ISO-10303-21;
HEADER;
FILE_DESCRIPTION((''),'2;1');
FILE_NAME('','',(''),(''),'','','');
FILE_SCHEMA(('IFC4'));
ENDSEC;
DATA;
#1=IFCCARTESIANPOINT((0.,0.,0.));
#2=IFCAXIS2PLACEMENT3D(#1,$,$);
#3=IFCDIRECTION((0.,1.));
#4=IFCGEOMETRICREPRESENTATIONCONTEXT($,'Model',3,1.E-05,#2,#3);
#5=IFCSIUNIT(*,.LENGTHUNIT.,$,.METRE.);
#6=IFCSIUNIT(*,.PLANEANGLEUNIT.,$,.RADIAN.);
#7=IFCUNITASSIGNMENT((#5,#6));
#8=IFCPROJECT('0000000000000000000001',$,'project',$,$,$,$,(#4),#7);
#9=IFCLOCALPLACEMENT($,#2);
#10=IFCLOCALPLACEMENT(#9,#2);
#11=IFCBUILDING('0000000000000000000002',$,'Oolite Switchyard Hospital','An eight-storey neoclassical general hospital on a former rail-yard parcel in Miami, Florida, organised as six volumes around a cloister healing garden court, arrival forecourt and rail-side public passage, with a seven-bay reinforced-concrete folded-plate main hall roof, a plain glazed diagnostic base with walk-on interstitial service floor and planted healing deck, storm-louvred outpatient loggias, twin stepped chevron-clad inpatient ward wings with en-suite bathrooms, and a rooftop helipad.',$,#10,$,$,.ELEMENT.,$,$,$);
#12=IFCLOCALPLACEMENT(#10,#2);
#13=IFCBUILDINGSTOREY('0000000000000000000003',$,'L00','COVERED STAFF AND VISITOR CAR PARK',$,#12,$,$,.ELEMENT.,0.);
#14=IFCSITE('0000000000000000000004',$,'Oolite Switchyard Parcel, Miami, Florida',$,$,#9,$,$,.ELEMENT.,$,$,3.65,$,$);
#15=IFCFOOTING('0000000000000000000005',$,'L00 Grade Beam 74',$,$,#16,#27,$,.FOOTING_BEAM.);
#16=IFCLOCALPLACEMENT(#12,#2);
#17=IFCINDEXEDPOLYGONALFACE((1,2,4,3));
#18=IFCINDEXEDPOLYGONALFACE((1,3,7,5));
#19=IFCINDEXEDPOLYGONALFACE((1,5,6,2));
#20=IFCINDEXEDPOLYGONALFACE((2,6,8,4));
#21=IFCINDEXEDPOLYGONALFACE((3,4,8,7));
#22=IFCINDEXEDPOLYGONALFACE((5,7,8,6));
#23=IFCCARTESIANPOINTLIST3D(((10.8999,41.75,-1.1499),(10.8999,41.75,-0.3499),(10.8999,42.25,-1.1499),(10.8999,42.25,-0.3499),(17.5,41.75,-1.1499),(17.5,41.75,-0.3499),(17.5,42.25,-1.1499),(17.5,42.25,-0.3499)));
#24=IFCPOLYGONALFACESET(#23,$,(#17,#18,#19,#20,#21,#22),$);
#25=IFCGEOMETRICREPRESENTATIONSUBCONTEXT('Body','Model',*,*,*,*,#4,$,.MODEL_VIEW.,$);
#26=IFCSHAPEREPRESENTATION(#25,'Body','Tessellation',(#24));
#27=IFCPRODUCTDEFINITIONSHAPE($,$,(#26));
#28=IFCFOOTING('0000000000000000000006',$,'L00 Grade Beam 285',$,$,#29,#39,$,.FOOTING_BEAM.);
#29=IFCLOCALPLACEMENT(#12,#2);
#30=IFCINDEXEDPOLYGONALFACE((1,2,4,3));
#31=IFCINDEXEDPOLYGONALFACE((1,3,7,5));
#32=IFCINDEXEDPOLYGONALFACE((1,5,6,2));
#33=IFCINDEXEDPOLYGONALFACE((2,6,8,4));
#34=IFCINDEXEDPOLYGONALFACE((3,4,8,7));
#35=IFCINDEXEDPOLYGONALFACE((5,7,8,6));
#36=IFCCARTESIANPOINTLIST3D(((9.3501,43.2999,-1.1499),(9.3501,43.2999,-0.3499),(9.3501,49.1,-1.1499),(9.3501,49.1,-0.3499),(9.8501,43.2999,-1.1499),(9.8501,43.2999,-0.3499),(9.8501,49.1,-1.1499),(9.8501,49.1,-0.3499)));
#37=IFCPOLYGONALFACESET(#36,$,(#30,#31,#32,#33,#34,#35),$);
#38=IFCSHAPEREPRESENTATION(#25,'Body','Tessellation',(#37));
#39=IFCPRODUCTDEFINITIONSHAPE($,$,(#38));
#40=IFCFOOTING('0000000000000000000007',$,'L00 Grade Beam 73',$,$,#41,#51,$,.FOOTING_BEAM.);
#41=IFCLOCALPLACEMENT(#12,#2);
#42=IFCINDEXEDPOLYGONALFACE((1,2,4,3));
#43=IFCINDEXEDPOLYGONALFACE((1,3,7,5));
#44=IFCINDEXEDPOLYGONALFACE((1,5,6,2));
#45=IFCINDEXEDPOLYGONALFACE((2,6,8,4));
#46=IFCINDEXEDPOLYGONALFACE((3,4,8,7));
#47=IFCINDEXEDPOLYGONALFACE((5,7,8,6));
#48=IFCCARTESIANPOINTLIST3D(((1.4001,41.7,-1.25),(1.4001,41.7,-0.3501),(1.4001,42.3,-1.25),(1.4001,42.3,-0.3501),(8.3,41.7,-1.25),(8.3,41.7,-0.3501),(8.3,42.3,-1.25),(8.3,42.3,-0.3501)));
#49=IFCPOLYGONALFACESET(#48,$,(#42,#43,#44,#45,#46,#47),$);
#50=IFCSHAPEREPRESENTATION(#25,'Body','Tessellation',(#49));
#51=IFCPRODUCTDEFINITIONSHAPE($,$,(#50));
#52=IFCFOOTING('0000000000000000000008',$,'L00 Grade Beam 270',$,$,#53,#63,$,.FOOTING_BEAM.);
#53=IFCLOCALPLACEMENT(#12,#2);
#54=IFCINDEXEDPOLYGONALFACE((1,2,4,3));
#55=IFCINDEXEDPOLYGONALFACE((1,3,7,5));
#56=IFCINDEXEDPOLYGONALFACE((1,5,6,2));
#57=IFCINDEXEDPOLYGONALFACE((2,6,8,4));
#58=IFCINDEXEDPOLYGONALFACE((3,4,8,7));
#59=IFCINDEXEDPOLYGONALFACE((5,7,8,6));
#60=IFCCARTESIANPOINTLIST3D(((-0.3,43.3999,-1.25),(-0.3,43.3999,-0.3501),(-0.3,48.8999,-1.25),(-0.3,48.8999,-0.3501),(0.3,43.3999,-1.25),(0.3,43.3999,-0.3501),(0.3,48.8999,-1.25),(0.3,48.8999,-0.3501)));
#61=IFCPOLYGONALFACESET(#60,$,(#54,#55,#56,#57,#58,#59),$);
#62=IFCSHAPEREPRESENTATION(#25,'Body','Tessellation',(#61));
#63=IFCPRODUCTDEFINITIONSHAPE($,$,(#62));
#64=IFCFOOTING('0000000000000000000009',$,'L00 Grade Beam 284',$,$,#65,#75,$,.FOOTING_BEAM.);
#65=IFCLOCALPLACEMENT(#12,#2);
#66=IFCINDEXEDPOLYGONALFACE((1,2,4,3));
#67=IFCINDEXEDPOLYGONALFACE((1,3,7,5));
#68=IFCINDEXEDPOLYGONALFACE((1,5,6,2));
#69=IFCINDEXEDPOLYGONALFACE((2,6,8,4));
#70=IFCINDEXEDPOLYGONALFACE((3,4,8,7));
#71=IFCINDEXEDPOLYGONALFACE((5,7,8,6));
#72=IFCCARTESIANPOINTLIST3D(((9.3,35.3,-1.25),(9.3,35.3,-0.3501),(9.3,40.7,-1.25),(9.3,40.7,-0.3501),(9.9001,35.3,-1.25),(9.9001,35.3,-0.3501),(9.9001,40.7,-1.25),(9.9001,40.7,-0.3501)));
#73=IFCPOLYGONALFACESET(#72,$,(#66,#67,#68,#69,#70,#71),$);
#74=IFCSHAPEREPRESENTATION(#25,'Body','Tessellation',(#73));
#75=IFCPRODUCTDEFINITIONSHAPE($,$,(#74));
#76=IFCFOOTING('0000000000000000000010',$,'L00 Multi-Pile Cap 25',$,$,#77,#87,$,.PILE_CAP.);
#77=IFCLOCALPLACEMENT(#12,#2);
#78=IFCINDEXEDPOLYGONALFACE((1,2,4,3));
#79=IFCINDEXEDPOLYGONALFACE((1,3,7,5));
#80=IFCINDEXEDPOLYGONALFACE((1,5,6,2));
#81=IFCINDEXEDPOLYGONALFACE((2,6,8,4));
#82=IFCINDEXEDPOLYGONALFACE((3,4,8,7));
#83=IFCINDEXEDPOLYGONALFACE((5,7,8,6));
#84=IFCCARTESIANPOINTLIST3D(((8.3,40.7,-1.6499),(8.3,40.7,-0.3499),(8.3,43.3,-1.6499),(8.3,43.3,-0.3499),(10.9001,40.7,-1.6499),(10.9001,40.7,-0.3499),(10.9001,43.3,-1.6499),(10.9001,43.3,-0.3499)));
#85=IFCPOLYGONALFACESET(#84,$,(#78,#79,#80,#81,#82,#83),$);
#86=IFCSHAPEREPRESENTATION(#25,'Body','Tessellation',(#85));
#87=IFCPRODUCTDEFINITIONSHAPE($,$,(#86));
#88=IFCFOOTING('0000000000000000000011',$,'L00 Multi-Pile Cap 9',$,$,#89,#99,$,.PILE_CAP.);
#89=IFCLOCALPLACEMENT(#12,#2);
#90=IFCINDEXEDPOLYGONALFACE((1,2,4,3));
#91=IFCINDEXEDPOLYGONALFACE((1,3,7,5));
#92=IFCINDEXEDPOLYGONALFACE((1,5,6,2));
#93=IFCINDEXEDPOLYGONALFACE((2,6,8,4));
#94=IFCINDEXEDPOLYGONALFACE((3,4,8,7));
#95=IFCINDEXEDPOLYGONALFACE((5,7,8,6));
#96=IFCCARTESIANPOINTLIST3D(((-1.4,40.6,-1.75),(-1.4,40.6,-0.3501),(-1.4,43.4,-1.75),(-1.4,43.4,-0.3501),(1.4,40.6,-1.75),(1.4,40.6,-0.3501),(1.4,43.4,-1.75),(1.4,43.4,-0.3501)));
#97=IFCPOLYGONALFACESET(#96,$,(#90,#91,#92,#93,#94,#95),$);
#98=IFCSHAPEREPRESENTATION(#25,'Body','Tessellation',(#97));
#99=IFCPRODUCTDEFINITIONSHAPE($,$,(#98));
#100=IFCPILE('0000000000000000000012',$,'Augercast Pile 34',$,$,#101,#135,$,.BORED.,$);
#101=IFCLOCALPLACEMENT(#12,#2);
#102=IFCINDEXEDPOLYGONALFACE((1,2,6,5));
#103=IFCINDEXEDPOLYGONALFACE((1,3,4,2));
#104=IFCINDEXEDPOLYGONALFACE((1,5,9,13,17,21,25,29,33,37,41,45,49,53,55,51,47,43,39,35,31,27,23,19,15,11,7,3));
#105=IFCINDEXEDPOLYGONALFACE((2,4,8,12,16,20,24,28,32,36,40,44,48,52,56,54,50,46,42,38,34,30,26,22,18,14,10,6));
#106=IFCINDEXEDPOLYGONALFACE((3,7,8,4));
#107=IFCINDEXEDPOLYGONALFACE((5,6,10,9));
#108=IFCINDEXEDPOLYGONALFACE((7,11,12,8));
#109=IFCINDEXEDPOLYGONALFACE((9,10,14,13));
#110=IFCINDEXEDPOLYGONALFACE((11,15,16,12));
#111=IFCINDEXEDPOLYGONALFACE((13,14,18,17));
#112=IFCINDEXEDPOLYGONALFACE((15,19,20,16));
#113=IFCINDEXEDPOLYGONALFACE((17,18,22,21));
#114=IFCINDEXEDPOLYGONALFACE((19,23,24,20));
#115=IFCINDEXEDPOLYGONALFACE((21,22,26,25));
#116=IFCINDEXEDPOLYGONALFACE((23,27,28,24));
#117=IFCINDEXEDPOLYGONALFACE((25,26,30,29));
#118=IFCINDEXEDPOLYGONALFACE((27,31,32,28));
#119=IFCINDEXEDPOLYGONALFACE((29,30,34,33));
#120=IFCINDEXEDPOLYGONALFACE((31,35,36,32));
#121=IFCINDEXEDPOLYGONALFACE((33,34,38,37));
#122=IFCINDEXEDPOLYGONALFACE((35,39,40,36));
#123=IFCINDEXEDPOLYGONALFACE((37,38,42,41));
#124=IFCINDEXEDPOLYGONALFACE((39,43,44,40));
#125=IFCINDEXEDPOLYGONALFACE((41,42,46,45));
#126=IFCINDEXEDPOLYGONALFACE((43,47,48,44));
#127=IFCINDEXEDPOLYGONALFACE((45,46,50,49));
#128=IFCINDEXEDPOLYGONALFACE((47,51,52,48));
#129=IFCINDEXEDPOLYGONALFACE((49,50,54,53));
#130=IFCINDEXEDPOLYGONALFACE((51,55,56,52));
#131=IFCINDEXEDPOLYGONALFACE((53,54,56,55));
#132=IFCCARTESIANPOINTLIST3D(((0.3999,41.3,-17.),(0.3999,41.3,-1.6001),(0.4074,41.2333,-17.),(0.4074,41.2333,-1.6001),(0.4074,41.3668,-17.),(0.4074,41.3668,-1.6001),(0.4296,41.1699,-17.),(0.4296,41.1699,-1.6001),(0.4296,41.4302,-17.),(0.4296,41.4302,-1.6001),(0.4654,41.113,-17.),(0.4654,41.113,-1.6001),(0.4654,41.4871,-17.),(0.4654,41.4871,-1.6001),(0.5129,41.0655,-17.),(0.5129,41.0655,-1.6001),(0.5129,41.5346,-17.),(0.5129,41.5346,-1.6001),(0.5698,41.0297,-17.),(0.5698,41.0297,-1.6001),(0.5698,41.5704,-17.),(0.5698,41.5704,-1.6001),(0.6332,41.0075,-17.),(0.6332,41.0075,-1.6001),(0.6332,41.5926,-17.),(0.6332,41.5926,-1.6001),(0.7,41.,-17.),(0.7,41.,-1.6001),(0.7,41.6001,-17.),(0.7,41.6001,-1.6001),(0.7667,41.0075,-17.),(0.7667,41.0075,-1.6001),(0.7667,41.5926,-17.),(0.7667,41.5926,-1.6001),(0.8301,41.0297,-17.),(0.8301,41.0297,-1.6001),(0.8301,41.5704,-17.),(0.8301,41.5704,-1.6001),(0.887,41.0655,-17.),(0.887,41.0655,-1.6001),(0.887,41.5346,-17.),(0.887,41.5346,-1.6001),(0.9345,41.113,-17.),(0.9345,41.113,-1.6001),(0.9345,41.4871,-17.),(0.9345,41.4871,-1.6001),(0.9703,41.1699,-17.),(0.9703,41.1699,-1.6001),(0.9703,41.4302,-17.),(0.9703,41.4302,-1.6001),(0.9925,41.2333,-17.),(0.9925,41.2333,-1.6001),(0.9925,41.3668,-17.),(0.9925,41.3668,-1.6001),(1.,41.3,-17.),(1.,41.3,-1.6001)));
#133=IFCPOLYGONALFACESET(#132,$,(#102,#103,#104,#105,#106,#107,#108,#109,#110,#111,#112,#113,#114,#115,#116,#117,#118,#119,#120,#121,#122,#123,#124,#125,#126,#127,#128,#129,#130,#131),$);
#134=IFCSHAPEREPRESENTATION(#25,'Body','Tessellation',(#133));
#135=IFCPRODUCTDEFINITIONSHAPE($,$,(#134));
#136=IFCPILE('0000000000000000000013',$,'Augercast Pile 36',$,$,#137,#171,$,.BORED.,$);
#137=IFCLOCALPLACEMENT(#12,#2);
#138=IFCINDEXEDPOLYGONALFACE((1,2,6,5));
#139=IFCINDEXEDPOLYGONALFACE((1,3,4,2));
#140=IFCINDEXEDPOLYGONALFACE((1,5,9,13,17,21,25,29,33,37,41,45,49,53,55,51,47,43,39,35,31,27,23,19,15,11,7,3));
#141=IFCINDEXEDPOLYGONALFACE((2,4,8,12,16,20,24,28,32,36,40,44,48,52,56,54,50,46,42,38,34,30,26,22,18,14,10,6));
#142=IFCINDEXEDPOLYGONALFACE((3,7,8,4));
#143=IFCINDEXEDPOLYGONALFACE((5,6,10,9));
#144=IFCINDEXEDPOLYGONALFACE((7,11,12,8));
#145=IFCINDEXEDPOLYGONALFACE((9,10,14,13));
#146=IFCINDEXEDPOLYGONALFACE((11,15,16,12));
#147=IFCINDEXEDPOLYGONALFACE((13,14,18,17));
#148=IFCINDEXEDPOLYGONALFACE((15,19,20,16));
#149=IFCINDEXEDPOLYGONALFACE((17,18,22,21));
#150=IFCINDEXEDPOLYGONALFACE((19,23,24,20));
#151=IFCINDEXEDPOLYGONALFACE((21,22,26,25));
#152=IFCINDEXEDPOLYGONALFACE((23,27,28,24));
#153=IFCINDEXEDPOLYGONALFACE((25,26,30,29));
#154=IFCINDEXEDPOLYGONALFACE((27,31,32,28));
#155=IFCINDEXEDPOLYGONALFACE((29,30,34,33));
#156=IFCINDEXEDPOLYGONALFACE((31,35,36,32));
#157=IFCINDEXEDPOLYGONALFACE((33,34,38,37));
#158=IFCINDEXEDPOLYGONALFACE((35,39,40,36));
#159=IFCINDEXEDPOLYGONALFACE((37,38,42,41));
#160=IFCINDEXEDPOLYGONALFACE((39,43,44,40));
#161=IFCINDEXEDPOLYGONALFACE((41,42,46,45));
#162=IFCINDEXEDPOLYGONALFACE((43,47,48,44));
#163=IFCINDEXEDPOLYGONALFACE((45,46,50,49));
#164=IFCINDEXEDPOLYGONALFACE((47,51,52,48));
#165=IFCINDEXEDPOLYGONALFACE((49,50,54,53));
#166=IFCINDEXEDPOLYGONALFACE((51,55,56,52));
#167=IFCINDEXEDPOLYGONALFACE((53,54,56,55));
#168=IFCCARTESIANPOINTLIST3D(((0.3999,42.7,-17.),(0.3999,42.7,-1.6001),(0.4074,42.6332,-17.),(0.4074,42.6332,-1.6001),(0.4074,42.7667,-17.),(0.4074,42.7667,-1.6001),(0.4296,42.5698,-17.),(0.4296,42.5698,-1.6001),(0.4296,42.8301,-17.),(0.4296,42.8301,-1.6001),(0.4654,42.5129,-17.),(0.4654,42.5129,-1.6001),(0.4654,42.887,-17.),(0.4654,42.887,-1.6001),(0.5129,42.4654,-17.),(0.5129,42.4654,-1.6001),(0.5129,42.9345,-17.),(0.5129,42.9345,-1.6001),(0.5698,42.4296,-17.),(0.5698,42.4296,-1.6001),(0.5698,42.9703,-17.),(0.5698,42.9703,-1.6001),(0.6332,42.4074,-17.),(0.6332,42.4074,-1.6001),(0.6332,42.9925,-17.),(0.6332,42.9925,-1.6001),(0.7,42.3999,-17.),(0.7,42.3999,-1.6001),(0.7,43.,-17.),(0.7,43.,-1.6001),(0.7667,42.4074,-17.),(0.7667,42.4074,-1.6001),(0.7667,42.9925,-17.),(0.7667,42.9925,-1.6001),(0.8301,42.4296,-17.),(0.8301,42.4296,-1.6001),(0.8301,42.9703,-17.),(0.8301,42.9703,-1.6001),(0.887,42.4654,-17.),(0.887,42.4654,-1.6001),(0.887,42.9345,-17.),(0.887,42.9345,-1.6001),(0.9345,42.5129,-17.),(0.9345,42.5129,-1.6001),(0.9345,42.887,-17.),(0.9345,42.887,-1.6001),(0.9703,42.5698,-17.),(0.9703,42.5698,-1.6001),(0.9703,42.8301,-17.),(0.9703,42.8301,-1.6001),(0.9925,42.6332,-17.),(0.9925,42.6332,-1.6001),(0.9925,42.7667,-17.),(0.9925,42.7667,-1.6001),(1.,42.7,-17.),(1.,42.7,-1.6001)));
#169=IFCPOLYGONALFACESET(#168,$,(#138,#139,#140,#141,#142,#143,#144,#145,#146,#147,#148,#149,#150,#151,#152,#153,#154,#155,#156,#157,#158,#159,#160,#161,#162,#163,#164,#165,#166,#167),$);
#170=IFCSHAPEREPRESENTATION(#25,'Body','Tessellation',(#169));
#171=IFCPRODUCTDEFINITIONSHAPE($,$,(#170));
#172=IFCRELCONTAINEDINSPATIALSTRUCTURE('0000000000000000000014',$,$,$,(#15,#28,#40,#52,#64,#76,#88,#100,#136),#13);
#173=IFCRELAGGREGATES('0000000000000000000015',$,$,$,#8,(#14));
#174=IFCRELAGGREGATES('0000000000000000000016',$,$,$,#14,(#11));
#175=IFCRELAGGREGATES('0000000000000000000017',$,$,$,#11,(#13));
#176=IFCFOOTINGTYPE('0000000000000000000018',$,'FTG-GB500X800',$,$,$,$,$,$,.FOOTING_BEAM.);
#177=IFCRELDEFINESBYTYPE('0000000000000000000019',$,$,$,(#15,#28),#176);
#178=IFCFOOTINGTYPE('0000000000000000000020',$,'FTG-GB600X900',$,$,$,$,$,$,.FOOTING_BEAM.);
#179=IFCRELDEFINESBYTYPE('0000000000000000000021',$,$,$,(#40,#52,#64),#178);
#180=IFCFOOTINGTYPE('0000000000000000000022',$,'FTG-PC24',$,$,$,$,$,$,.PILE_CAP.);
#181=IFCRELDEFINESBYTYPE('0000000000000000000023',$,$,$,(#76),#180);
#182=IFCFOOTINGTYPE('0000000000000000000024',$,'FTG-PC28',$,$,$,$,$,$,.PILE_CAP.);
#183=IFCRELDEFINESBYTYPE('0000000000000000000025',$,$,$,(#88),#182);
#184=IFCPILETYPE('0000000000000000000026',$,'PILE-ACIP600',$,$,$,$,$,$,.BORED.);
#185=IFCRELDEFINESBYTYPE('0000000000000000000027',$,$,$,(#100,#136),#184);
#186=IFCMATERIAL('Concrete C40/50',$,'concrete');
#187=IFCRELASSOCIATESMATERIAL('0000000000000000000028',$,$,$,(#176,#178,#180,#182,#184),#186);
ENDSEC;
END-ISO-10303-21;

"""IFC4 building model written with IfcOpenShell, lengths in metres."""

from ifc_helpers import new_model, si_unit, direction, frame, origin, origin_2d, place, context, subcontext, project, spatial, rectangle, circle, extrude, material, material_profile, profile_set, type_object, element, save


model = new_model("IFC4")

# Units and contexts
model_context = context("Model", 3, precision=1e-05, world=origin(), true_north=direction((0.0, 1.0)))
body_context = subcontext(model_context, "Body", "Model", "MODEL_VIEW")
ifc_project = project(units=[si_unit("LENGTHUNIT", "METRE"), si_unit("PLANEANGLEUNIT", "RADIAN")], contexts=[model_context])

# Site, building, storey
site_placement = place(None, origin())
site = spatial("IfcSite", under=ifc_project, at=site_placement, Name="Oolite Switchyard Parcel, Miami, Florida", CompositionType="ELEMENT", RefElevation=3.65)
building_placement = place(site_placement, origin())
building = spatial("IfcBuilding", under=site, at=building_placement, Name="Oolite Switchyard Hospital", Description="An eight-storey neoclassical general hospital on a former rail-yard parcel in Miami, Florida, organised as six volumes around a cloister healing garden court, arrival forecourt and rail-side public passage, with a seven-bay reinforced-concrete folded-plate main hall roof, a plain glazed diagnostic base with walk-on interstitial service floor and planted healing deck, storm-louvred outpatient loggias, twin stepped chevron-clad inpatient ward wings with en-suite bathrooms, and a rooftop helipad.", CompositionType="ELEMENT")
storey_placement = place(building_placement, origin())
storey = spatial("IfcBuildingStorey", under=building, at=storey_placement, Name="L00", Description="COVERED STAFF AND VISITOR CAR PARK", CompositionType="ELEMENT", Elevation=0.0)

# Footings
ifc_material_1 = material(Name="Concrete C40/50", Category="concrete")
footing_type_1 = type_object("IfcFootingType", Name="FTG-GB500X800", PredefinedType="FOOTING_BEAM", material=ifc_material_1)
footing_1_placement = place(storey_placement, frame((14.2, 42.0, -1.1499), z_axis=(0.0, 0.0, 1.0), x_axis=(1.0, 0.0, 0.0)))
element("IfcFooting", 1, at=footing_1_placement, inside=storey, type_object=footing_type_1, Name="L00 Grade Beam 74", PredefinedType="FOOTING_BEAM", context=body_context, shape_type="SweptSolid", body=[
    extrude(rectangle(XDim=6.6001, YDim=0.5, at=origin_2d()), origin(), (0.0, 0.0, 1.0), 0.8),
])
footing_2_placement = place(storey_placement, frame((9.6001, 46.2, -1.1499), z_axis=(0.0, 0.0, 1.0), x_axis=(0.0, 1.0, 0.0)))
element("IfcFooting", 2, at=footing_2_placement, inside=storey, type_object=footing_type_1, Name="L00 Grade Beam 285", PredefinedType="FOOTING_BEAM", context=body_context, shape_type="SweptSolid", body=[
    extrude(rectangle(XDim=5.8, YDim=0.5, at=origin_2d()), origin(), (0.0, 0.0, 1.0), 0.8),
])
footing_type_2 = type_object("IfcFootingType", Name="FTG-GB600X900", PredefinedType="FOOTING_BEAM", material=ifc_material_1)
footing_3_placement = place(storey_placement, frame((4.8501, 42.0, -1.25), z_axis=(0.0, 0.0, 1.0), x_axis=(1.0, 0.0, 0.0)))
element("IfcFooting", 3, at=footing_3_placement, inside=storey, type_object=footing_type_2, Name="L00 Grade Beam 73", PredefinedType="FOOTING_BEAM", context=body_context, shape_type="SweptSolid", body=[
    extrude(rectangle(XDim=6.8999, YDim=0.6001, at=origin_2d()), origin(), (0.0, 0.0, 1.0), 0.8999),
])
footing_4_placement = place(storey_placement, frame((0.0, 46.1499, -1.25), z_axis=(0.0, 0.0, 1.0), x_axis=(0.0, 1.0, 0.0)))
element("IfcFooting", 4, at=footing_4_placement, inside=storey, type_object=footing_type_2, Name="L00 Grade Beam 270", PredefinedType="FOOTING_BEAM", context=body_context, shape_type="SweptSolid", body=[
    extrude(rectangle(XDim=5.5, YDim=0.6001, at=origin_2d()), origin(), (0.0, 0.0, 1.0), 0.8999),
])
footing_5_placement = place(storey_placement, frame((9.6001, 38.0, -1.25), z_axis=(0.0, 0.0, 1.0), x_axis=(0.0, 1.0, 0.0)))
element("IfcFooting", 5, at=footing_5_placement, inside=storey, type_object=footing_type_2, Name="L00 Grade Beam 284", PredefinedType="FOOTING_BEAM", context=body_context, shape_type="SweptSolid", body=[
    extrude(rectangle(XDim=5.3999, YDim=0.6001, at=origin_2d()), origin(), (0.0, 0.0, 1.0), 0.8999),
])
footing_type_3 = type_object("IfcFootingType", Name="FTG-PC24", PredefinedType="PILE_CAP", material=ifc_material_1)
footing_6_placement = place(storey_placement, frame((9.6001, 42.0, -1.6499), z_axis=(0.0, 0.0, 1.0), x_axis=(1.0, 0.0, 0.0)))
element("IfcFooting", 6, at=footing_6_placement, inside=storey, type_object=footing_type_3, Name="L00 Multi-Pile Cap 25", PredefinedType="PILE_CAP", context=body_context, shape_type="SweptSolid", body=[
    extrude(rectangle(XDim=2.6001, YDim=2.6001, at=origin_2d()), origin(), (0.0, 0.0, 1.0), 1.3),
])
footing_type_4 = type_object("IfcFootingType", Name="FTG-PC28", PredefinedType="PILE_CAP", material=ifc_material_1)
footing_7_placement = place(storey_placement, frame((0.0, 42.0, -1.75), z_axis=(0.0, 0.0, 1.0), x_axis=(1.0, 0.0, 0.0)))
element("IfcFooting", 7, at=footing_7_placement, inside=storey, type_object=footing_type_4, Name="L00 Multi-Pile Cap 9", PredefinedType="PILE_CAP", context=body_context, shape_type="SweptSolid", body=[
    extrude(rectangle(XDim=2.8, YDim=2.8, at=origin_2d()), origin(), (0.0, 0.0, 1.0), 1.3999),
])

# Piles
ifc_material_profile_1 = material_profile(ifc_material_1, circle(Radius=0.3, at=origin_2d()), Name="PILE600")
ifc_profile_set_1 = profile_set([ifc_material_profile_1], Name="Concrete C40/50")
pile_type = type_object("IfcPileType", Name="PILE-ACIP600", PredefinedType="BORED", material=ifc_profile_set_1)
for number, where, z_axis, x_axis, name in (
    (8, (0.7, 41.3, -1.6001), (0.0, 0.0, -1.0), (1.0, 0.0, 0.0), "Augercast Pile 34"),
    (9, (0.7, 42.7, -1.6001), (0.0, 0.0, -1.0), (1.0, 0.0, 0.0), "Augercast Pile 36"),
):
    element("IfcPile", number, at=place(storey_placement, frame(where, z_axis=z_axis, x_axis=x_axis)), inside=storey, type_object=pile_type, Name=name, PredefinedType="BORED", context=body_context, shape_type="SweptSolid", body=[
        extrude(circle(Radius=0.3, at=origin_2d()), origin(), (0.0, 0.0, 1.0), 15.3999),
    ])

save(model, "model.ifc")
